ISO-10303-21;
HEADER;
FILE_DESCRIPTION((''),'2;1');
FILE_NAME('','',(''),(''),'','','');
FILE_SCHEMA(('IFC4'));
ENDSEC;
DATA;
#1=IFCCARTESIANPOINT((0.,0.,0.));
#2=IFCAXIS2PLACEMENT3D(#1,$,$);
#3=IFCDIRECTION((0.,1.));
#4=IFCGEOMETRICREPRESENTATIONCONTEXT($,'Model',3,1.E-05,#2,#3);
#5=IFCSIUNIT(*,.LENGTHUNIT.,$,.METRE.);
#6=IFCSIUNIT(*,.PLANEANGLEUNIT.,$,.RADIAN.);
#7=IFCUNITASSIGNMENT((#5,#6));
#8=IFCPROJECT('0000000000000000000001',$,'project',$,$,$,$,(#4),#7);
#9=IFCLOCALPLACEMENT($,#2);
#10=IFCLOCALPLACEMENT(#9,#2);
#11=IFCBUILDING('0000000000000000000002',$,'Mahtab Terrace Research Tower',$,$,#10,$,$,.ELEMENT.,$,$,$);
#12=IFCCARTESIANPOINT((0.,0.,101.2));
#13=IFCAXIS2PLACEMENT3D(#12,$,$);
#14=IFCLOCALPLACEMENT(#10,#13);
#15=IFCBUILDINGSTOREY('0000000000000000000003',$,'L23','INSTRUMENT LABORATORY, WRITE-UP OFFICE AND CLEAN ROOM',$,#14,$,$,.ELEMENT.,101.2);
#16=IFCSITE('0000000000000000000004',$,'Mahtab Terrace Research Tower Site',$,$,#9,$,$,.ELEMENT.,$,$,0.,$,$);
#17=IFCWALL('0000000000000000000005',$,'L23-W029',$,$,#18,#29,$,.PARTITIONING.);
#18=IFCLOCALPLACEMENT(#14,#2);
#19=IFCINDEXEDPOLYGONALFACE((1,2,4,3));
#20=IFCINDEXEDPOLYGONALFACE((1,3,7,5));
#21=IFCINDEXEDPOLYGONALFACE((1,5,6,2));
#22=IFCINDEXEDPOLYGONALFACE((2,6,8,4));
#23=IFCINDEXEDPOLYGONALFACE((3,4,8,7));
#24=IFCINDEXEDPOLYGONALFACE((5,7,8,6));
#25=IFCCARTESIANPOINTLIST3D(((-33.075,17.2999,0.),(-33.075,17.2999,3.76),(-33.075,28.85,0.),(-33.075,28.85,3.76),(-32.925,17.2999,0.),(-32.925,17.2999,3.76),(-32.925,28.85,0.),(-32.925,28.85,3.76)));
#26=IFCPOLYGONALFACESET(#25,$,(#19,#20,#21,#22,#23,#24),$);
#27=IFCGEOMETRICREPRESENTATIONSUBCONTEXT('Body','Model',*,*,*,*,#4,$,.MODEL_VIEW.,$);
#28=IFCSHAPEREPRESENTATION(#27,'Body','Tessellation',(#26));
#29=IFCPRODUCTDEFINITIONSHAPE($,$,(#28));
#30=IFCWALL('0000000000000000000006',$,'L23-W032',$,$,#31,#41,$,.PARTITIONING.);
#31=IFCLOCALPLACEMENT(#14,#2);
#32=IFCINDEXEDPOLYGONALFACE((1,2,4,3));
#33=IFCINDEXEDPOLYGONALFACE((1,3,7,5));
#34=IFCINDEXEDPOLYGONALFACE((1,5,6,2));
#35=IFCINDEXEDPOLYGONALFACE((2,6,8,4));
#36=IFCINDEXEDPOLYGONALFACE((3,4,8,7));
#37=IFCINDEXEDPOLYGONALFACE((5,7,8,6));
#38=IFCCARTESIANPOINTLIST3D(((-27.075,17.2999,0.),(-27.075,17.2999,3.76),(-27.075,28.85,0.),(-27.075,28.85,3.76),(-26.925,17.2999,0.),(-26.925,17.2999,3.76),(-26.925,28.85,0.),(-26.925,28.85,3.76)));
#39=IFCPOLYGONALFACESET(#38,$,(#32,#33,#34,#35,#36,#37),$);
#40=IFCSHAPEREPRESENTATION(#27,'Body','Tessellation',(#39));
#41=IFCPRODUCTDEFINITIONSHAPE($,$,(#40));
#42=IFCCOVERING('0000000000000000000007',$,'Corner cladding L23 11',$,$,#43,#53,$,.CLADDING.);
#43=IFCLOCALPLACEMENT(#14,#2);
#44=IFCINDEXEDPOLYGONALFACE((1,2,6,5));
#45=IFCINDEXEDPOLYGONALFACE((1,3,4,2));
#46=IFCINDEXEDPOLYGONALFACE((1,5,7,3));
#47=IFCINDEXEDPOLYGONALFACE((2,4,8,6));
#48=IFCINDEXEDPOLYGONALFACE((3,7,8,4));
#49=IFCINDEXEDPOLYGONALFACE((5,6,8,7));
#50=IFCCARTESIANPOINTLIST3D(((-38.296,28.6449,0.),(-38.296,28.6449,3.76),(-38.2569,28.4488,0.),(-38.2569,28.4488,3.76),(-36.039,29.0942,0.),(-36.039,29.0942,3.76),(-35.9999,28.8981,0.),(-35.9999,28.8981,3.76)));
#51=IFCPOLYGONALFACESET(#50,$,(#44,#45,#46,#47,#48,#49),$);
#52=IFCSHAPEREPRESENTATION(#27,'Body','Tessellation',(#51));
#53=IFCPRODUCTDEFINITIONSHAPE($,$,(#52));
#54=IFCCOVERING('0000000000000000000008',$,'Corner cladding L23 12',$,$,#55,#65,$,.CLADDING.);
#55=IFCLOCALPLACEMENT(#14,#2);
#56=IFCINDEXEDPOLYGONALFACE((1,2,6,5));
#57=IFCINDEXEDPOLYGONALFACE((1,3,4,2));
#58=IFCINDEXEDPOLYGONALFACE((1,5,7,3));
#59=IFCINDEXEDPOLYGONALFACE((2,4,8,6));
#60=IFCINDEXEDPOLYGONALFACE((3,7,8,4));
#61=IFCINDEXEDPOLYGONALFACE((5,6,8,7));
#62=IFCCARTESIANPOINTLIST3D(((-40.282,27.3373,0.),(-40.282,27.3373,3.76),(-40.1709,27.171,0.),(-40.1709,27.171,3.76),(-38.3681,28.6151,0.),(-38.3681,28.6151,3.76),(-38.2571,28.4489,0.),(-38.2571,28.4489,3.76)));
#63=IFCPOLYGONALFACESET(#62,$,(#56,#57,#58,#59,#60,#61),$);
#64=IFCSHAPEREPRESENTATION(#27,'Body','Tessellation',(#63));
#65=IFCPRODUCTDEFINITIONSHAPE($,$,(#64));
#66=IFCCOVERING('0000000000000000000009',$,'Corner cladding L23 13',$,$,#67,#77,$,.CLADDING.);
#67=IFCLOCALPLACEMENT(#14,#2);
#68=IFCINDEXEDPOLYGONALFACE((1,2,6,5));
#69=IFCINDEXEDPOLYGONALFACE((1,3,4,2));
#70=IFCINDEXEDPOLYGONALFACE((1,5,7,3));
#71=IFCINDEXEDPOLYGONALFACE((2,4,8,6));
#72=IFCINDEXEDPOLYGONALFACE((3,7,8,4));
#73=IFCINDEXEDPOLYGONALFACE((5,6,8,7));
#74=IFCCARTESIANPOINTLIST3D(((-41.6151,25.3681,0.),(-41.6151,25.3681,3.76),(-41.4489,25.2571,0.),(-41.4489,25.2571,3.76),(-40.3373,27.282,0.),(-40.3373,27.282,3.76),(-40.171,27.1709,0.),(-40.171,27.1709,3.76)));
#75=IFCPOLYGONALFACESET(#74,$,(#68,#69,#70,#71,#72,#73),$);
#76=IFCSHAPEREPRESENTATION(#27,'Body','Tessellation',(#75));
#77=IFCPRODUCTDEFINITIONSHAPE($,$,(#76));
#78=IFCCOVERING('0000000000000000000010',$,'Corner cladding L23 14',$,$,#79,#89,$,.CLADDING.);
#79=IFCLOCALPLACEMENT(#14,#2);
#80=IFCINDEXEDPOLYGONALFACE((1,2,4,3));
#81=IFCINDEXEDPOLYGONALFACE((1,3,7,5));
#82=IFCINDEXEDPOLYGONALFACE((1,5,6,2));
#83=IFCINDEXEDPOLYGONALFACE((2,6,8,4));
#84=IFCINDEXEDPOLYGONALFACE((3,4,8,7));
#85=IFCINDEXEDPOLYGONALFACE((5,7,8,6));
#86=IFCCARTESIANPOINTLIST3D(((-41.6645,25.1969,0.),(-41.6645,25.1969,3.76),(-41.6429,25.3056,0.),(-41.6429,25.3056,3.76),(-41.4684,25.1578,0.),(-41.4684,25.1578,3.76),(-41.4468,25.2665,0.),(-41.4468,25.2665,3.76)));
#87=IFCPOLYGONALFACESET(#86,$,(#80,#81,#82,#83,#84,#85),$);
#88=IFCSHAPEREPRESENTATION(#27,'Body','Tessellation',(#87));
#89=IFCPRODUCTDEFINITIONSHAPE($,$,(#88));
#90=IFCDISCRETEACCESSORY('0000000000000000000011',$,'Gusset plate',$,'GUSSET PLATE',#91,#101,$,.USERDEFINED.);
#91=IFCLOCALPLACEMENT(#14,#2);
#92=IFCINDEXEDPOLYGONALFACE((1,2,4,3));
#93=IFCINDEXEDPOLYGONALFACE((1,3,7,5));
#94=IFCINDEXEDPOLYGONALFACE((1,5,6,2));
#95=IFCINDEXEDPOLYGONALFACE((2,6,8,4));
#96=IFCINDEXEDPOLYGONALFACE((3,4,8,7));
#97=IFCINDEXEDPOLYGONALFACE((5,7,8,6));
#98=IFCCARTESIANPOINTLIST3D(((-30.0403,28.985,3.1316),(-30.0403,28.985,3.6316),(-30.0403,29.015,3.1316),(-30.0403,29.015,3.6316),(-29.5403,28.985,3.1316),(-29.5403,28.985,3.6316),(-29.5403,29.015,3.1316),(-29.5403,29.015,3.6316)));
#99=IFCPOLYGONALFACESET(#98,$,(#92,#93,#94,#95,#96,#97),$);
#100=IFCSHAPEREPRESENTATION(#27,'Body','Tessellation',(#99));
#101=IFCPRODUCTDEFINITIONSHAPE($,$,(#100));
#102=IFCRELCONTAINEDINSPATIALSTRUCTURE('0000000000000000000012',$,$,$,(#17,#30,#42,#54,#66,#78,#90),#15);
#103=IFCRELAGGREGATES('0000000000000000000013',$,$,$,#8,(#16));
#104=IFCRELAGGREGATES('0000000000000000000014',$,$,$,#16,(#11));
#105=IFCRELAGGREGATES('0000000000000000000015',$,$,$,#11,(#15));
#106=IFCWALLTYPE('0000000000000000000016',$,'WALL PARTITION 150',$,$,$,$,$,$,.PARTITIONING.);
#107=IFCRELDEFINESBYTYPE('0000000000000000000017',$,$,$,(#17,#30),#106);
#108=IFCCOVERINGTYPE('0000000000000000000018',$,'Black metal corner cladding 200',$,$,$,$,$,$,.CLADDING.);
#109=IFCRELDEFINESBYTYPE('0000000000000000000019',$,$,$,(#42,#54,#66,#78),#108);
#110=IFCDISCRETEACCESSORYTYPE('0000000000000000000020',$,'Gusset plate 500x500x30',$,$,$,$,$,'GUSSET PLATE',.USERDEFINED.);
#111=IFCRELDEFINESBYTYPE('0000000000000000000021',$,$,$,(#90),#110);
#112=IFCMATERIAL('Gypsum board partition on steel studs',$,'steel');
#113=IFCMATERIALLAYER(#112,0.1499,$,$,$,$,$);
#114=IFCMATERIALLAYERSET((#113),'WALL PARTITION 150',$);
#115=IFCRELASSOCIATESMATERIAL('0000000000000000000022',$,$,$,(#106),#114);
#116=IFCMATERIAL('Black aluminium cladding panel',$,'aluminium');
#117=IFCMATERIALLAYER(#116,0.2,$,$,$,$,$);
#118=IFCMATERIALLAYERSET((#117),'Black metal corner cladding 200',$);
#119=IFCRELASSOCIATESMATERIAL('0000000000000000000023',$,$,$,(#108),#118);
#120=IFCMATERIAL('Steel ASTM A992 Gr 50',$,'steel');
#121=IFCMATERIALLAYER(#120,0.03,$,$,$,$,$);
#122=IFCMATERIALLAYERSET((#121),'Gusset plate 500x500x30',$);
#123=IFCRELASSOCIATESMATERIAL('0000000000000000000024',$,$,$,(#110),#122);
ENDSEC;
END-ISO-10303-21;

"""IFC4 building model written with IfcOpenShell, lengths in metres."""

from ifc_helpers import new_model, si_unit, direction, frame, frame_2d, origin, origin_2d, place, context, subcontext, project, spatial, rectangle, extrude, material, layer, layer_set, type_object, element, save


model = new_model("IFC4")

# Units and contexts
model_context = context("Model", 3, precision=1e-05, world=origin(), true_north=direction((0.0, 1.0)))
body_context = subcontext(model_context, "Body", "Model", "MODEL_VIEW")
ifc_project = project(units=[si_unit("LENGTHUNIT", "METRE"), si_unit("PLANEANGLEUNIT", "RADIAN")], contexts=[model_context])

# Site, building, storey
site_placement = place(None, origin())
site = spatial("IfcSite", under=ifc_project, at=site_placement, Name="Mahtab Terrace Research Tower Site", CompositionType="ELEMENT", RefElevation=0.0)
building_placement = place(site_placement, origin())
building = spatial("IfcBuilding", under=site, at=building_placement, Name="Mahtab Terrace Research Tower", CompositionType="ELEMENT")
storey_placement = place(building_placement, frame((0.0, 0.0, 101.2)))
storey = spatial("IfcBuildingStorey", under=building, at=storey_placement, Name="L23", Description="INSTRUMENT LABORATORY, WRITE-UP OFFICE AND CLEAN ROOM", CompositionType="ELEMENT", Elevation=101.2)

# Shared definitions
ifc_material_1 = material(Name="Steel ASTM A992 Gr 50", Category="steel")

# Shared definitions
ifc_material_2 = material(Name="Black aluminium cladding panel", Category="aluminium")

# Walls
ifc_material_3 = material(Name="Gypsum board partition on steel studs", Category="steel")
ifc_layer_1 = layer(ifc_material_3, 0.1499)
ifc_layer_set_1 = layer_set([ifc_layer_1], Name="WALL PARTITION 150")
wall_type_1 = type_object("IfcWallType", Name="WALL PARTITION 150", PredefinedType="PARTITIONING", material=ifc_layer_set_1)
for number, where, z_axis, x_axis, name in (
    (1, (-33.0, 17.3, 0.0), (0.0, 0.0, 1.0), (0.0, 1.0, 0.0), "L23-W029"),
    (2, (-27.0, 17.3, 0.0), (0.0, 0.0, 1.0), (0.0, 1.0, 0.0), "L23-W032"),
):
    element("IfcWall", number, at=place(storey_placement, frame(where, z_axis=z_axis, x_axis=x_axis)), inside=storey, type_object=wall_type_1, Name=name, PredefinedType="PARTITIONING", context=body_context, shape_type="SweptSolid", body=[
        extrude(rectangle(XDim=11.55, YDim=0.1499, at=frame_2d((5.7749, 0.0))), origin(), (0.0, 0.0, 1.0), 3.76),
    ])

# Coverings
ifc_layer_2 = layer(ifc_material_2, 0.2)
ifc_layer_set_2 = layer_set([ifc_layer_2], Name="Black metal corner cladding 200")
covering_type = type_object("IfcCoveringType", Name="Black metal corner cladding 200", PredefinedType="CLADDING", material=ifc_layer_set_2)
for number, where, z_axis, x_axis, name in (
    (3, (-37.1479, 28.7715, 0.0), (0.0, 0.0, 1.0), (-0.980761, -0.195212, 0.0), "Corner cladding L23 11"),
    (4, (-39.2695, 27.8931, 0.0), (0.0, 0.0, 1.0), (-0.831656, -0.555291, 0.0), "Corner cladding L23 12"),
    (5, (-40.8931, 26.2695, 0.0), (0.0, 0.0, 1.0), (-0.555291, -0.831656, 0.0), "Corner cladding L23 13"),
):
    element("IfcCovering", number, at=place(storey_placement, frame(where, z_axis=z_axis, x_axis=x_axis)), inside=storey, type_object=covering_type, Name=name, PredefinedType="CLADDING", context=body_context, shape_type="SweptSolid", body=[
        extrude(rectangle(XDim=2.3013, YDim=0.2, at=origin_2d()), origin(), (0.0, 0.0, 1.0), 3.76),
    ])
covering_placement = place(storey_placement, frame((-41.5557, 25.2317, 0.0), z_axis=(0.0, 0.0, 1.0), x_axis=(-0.195212, -0.980761, 0.0)))
element("IfcCovering", 6, at=covering_placement, inside=storey, type_object=covering_type, Name="Corner cladding L23 14", PredefinedType="CLADDING", context=body_context, shape_type="SweptSolid", body=[
    extrude(rectangle(XDim=0.1108, YDim=0.2, at=origin_2d()), origin(), (0.0, 0.0, 1.0), 3.76),
])

# Discrete accessory
ifc_layer_3 = layer(ifc_material_1, 0.03)
ifc_layer_set_3 = layer_set([ifc_layer_3], Name="Gusset plate 500x500x30")
discrete_accessory_type = type_object("IfcDiscreteAccessoryType", Name="Gusset plate 500x500x30", ElementType="GUSSET PLATE", PredefinedType="USERDEFINED", material=ifc_layer_set_3)
discrete_accessory_placement = place(storey_placement, frame((-29.7903, 29.0, 3.1316), z_axis=(0.0, 0.0, 1.0), x_axis=(1.0, 0.0, 0.0)))
element("IfcDiscreteAccessory", 7, at=discrete_accessory_placement, inside=storey, type_object=discrete_accessory_type, Name="Gusset plate", ObjectType="GUSSET PLATE", PredefinedType="USERDEFINED", context=body_context, shape_type="SweptSolid", body=[
    extrude(rectangle(XDim=0.5, YDim=0.03, at=origin_2d()), origin(), (0.0, 0.0, 1.0), 0.5),
])

save(model, "model.ifc")
